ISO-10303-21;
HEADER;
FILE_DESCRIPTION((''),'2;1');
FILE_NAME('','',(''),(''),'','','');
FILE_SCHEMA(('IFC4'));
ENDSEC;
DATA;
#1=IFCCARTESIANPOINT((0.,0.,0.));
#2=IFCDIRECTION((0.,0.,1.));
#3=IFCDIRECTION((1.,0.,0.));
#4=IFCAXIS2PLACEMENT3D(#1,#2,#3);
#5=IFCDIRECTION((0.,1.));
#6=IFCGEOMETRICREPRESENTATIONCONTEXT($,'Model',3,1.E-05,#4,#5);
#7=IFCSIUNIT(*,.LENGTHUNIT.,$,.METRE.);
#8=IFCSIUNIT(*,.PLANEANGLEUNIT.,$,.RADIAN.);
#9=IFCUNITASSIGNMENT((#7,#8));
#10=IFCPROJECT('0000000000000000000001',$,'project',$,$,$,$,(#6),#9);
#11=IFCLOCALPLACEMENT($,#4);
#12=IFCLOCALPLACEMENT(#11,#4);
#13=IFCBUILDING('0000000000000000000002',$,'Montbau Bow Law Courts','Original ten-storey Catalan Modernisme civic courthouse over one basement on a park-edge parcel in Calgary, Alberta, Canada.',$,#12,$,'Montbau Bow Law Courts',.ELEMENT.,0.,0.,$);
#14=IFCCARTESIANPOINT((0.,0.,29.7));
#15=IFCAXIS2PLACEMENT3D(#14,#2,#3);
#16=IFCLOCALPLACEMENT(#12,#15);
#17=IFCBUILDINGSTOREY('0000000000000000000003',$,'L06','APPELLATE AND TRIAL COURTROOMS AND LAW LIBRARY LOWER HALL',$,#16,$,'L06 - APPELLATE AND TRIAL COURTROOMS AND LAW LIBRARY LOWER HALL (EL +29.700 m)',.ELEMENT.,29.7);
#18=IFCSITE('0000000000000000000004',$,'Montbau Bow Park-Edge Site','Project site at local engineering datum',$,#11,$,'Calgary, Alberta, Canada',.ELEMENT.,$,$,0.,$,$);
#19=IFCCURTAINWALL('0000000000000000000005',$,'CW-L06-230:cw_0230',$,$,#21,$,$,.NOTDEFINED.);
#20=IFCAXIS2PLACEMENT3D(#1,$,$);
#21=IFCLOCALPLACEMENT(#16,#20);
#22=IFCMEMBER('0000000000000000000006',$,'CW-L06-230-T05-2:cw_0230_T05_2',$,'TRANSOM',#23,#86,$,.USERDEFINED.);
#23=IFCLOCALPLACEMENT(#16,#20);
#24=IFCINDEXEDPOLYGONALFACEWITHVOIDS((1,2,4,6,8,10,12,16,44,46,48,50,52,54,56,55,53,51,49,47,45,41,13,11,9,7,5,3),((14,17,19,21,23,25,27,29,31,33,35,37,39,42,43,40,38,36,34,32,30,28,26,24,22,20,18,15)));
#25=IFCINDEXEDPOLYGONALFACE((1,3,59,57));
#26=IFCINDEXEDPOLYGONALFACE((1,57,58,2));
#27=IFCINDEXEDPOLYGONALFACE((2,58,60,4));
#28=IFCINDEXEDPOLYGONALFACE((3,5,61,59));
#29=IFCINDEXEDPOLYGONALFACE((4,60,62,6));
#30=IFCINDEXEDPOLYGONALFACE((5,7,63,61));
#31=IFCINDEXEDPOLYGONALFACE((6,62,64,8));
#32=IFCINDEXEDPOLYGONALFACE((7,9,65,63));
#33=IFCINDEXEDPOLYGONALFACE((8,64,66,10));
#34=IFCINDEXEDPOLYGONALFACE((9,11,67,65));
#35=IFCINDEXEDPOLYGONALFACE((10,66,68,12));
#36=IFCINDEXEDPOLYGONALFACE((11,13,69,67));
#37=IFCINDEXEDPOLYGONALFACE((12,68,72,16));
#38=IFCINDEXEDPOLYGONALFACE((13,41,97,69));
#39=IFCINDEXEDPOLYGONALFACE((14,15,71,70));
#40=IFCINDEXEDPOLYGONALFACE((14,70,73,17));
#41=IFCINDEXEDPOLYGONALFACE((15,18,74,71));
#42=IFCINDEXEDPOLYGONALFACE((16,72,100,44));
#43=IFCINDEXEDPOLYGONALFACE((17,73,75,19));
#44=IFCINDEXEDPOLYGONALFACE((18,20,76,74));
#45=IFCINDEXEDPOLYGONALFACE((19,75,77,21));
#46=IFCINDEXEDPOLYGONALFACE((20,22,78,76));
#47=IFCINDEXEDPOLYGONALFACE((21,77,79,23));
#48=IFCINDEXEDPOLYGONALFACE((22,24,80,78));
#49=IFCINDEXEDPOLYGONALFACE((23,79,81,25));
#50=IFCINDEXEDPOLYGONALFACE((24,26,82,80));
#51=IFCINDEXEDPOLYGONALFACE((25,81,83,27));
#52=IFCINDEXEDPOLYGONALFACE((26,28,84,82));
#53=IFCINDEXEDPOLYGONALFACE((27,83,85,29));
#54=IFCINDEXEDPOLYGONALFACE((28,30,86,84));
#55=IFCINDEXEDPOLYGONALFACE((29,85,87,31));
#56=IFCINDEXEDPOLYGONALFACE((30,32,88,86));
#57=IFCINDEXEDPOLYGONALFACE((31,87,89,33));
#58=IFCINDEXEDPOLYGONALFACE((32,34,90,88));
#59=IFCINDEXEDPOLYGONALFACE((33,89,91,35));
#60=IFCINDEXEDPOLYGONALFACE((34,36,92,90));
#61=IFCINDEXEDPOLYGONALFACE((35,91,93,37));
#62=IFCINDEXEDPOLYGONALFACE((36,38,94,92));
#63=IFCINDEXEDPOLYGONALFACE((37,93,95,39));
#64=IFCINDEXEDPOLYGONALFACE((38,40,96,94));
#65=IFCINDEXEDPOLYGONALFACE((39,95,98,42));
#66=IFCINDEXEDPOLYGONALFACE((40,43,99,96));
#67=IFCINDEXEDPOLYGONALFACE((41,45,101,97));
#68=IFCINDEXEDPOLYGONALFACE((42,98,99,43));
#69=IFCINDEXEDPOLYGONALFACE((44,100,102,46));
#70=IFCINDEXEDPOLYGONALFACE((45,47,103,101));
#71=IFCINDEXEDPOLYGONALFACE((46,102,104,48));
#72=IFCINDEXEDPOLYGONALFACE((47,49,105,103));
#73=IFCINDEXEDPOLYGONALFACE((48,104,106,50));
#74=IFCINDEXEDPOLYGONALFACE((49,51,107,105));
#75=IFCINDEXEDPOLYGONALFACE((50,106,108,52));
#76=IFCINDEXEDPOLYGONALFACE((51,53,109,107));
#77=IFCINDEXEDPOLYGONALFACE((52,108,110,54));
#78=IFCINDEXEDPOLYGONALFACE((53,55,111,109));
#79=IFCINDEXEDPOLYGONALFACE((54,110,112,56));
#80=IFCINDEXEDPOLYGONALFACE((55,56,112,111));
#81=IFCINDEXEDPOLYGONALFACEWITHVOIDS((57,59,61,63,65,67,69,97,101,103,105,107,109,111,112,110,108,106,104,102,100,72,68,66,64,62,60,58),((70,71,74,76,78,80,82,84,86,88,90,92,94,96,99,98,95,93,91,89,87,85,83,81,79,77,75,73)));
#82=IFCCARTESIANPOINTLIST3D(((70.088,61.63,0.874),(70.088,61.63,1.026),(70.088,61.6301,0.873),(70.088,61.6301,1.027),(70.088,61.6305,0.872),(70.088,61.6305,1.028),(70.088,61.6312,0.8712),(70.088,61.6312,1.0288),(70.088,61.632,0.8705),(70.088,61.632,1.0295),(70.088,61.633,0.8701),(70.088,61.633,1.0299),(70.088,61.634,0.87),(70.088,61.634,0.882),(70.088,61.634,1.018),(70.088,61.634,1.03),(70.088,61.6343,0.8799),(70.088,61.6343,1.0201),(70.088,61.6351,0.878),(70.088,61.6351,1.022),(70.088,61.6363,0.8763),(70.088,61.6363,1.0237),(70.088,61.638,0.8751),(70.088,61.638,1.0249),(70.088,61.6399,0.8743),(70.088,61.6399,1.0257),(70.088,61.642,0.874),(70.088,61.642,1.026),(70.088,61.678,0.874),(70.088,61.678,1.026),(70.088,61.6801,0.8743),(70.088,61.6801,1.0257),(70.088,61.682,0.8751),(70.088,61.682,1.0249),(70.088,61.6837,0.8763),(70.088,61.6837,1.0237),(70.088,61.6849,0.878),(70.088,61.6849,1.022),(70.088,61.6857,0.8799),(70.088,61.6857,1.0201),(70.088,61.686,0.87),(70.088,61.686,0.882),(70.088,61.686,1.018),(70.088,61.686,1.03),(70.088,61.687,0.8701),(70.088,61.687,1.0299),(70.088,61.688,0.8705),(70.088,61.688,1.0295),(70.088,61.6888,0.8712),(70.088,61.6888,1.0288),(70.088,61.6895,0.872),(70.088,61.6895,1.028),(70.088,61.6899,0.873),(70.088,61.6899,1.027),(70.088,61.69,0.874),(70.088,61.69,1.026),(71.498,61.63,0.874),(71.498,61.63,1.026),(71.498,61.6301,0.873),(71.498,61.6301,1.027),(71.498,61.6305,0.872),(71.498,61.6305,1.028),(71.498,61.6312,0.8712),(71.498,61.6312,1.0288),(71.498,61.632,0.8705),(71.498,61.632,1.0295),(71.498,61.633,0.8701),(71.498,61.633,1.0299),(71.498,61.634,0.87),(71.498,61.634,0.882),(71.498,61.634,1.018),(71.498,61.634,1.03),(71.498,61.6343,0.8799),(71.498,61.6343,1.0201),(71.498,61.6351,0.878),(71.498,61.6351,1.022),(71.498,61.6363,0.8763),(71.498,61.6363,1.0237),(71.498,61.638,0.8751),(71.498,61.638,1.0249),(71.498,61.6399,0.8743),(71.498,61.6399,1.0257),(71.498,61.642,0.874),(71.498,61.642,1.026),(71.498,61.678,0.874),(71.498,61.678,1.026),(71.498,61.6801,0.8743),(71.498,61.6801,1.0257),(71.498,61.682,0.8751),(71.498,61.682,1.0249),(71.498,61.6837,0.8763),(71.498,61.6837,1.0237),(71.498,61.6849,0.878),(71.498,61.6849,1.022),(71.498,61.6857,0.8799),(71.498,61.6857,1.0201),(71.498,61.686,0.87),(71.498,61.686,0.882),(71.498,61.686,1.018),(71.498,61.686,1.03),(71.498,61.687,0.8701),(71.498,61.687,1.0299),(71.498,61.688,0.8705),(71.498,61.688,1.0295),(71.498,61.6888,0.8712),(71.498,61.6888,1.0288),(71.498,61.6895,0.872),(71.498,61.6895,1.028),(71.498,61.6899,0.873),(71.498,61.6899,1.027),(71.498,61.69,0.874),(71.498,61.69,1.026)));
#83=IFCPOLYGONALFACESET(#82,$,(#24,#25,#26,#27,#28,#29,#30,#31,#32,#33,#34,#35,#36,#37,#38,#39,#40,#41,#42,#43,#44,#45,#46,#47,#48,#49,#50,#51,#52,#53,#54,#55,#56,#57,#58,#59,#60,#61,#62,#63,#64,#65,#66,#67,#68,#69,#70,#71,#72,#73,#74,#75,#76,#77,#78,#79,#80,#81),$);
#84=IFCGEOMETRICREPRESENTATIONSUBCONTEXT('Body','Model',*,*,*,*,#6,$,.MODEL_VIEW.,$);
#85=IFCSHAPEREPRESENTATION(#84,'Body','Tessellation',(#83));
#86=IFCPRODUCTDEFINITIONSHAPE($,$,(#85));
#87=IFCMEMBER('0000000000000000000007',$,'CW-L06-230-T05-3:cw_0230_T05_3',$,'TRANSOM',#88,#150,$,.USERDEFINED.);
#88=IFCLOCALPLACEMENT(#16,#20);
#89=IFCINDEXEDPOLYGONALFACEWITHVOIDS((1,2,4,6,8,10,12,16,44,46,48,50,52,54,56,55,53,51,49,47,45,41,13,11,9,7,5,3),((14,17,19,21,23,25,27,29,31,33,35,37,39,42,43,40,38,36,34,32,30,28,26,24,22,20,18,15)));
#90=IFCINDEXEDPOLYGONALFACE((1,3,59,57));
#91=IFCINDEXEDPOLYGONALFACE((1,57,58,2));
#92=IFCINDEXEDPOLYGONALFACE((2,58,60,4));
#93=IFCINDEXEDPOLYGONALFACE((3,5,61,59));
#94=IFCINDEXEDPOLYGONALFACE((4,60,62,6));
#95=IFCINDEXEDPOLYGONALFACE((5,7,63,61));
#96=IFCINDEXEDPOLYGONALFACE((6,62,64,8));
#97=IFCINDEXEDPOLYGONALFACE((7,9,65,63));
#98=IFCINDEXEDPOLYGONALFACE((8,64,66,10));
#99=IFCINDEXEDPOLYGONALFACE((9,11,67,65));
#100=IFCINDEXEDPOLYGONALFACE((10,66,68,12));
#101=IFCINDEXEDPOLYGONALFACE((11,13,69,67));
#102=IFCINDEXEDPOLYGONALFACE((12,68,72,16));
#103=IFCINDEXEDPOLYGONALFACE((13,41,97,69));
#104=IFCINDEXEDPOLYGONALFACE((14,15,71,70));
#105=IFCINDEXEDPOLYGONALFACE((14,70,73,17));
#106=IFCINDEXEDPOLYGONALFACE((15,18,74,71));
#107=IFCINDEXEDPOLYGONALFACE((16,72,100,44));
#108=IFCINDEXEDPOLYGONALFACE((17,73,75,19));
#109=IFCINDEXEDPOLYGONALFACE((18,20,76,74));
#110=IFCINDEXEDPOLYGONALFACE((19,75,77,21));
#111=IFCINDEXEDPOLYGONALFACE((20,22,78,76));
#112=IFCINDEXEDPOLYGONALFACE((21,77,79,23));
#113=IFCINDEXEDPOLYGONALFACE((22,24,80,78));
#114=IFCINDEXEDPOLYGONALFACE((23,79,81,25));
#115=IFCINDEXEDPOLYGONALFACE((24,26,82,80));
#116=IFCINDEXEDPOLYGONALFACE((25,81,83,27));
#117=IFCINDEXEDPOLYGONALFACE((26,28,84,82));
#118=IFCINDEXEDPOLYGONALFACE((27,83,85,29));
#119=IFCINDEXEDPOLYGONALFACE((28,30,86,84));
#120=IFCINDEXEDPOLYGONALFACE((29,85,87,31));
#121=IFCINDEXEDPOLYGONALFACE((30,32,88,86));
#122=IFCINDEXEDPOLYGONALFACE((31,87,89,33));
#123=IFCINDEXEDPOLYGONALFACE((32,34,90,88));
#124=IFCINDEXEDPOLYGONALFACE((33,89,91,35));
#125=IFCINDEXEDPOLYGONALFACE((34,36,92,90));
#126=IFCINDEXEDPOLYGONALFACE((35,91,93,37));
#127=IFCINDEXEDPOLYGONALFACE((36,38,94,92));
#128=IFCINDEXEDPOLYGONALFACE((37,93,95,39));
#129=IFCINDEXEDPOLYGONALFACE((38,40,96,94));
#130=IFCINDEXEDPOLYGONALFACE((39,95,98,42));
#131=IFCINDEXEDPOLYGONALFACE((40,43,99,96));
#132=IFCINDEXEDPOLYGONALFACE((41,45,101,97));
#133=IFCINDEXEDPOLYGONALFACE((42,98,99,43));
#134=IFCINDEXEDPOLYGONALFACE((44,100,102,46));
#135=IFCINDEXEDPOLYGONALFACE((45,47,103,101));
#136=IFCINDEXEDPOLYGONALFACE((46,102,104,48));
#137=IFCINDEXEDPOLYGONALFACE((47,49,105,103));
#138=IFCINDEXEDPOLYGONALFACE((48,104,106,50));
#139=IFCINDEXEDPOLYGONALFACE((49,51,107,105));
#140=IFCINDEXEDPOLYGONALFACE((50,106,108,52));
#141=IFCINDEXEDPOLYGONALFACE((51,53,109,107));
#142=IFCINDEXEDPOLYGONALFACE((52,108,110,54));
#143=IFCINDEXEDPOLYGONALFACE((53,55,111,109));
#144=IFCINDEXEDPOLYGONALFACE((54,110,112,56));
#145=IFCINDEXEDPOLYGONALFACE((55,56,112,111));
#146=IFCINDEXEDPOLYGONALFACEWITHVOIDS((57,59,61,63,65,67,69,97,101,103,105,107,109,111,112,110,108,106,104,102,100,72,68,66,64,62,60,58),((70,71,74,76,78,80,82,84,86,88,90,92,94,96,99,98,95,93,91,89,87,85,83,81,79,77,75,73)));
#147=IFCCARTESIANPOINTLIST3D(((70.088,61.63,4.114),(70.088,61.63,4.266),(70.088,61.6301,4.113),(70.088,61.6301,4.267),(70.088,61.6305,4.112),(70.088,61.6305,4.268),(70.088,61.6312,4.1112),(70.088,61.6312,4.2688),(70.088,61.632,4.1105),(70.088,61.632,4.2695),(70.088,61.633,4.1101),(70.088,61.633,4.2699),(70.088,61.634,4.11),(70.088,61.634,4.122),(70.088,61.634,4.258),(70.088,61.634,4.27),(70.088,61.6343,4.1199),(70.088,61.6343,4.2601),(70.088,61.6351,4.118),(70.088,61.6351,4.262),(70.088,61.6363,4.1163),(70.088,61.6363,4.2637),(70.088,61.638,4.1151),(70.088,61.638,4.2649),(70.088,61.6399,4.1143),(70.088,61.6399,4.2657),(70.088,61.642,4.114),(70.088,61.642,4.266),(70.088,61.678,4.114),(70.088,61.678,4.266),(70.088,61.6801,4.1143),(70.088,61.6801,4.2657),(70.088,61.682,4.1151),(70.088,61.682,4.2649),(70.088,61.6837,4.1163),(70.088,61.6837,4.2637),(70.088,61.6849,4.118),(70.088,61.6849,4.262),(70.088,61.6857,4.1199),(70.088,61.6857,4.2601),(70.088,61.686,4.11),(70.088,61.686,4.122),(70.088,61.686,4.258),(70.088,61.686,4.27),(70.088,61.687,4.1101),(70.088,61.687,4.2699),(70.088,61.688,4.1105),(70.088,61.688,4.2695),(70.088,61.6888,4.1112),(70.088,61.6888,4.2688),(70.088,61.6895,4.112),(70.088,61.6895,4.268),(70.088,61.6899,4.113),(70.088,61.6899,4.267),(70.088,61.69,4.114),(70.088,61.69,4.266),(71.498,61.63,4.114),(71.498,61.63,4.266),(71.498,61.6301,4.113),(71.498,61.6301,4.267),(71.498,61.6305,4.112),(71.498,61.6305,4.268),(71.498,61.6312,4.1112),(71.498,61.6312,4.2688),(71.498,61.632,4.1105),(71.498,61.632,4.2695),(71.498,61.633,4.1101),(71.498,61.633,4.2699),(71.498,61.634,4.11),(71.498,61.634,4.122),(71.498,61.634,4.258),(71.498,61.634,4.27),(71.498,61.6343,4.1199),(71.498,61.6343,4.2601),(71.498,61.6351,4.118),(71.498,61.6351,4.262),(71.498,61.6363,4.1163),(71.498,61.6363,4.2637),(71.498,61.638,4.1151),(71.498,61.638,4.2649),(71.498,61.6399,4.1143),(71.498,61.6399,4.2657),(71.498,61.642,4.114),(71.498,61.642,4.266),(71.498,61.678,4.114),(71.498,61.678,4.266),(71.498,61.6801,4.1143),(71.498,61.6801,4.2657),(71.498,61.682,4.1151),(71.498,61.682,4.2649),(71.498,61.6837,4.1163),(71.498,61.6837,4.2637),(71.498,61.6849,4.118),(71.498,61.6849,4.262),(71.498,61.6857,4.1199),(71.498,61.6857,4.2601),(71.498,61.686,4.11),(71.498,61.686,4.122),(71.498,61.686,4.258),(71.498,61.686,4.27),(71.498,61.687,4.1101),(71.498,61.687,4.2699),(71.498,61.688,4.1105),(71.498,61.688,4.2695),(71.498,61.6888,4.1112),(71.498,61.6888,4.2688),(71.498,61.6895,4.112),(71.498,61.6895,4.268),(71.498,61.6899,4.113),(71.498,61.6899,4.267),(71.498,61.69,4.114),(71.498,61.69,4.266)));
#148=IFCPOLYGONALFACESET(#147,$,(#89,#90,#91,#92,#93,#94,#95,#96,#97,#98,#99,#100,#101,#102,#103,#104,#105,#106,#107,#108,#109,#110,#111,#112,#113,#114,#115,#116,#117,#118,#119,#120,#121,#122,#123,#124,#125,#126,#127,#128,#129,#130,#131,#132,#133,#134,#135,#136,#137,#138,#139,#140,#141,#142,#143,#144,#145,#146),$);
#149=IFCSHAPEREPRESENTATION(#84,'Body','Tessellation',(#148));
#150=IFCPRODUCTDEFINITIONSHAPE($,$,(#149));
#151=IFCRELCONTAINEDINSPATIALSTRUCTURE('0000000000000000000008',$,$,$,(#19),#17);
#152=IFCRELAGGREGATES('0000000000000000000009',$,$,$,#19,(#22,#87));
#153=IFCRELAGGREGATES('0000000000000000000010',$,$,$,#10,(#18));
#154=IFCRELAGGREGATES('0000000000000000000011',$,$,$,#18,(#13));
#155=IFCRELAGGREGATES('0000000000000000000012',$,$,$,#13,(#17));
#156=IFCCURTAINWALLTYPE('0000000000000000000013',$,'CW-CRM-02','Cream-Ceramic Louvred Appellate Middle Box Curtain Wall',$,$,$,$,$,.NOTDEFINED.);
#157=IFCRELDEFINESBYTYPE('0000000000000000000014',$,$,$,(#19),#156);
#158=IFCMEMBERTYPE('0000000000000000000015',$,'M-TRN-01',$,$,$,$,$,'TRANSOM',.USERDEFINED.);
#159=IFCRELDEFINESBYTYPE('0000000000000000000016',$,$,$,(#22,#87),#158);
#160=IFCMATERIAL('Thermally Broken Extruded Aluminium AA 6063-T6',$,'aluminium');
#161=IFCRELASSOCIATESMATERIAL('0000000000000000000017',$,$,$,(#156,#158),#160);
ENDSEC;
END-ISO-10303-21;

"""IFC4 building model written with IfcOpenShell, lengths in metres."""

from ifc_helpers import new_model, si_unit, direction, frame, origin_with_axes, origin_2d_with_axis, place, context, subcontext, project, spatial, hollow_rectangle, extrude, material, material_profile, profile_set, type_object, element, aggregate, save


model = new_model("IFC4")

# Units and contexts
model_context = context("Model", 3, precision=1e-05, world=origin_with_axes(), true_north=direction((0.0, 1.0)))
body_context = subcontext(model_context, "Body", "Model", "MODEL_VIEW")
ifc_project = project(units=[si_unit("LENGTHUNIT", "METRE"), si_unit("PLANEANGLEUNIT", "RADIAN")], contexts=[model_context])

# Site, building, storey
site_placement = place(None, origin_with_axes())
site = spatial("IfcSite", under=ifc_project, at=site_placement, Name="Montbau Bow Park-Edge Site", Description="Project site at local engineering datum", LongName="Calgary, Alberta, Canada", CompositionType="ELEMENT", RefElevation=0.0)
building_placement = place(site_placement, origin_with_axes())
building = spatial("IfcBuilding", under=site, at=building_placement, Name="Montbau Bow Law Courts", Description="Original ten-storey Catalan Modernisme civic courthouse over one basement on a park-edge parcel in Calgary, Alberta, Canada.", LongName="Montbau Bow Law Courts", CompositionType="ELEMENT", ElevationOfRefHeight=0.0, ElevationOfTerrain=0.0)
storey_placement = place(building_placement, frame((0.0, 0.0, 29.7), z_axis=(0.0, 0.0, 1.0), x_axis=(1.0, 0.0, 0.0)))
storey = spatial("IfcBuildingStorey", under=building, at=storey_placement, Name="L06", Description="APPELLATE AND TRIAL COURTROOMS AND LAW LIBRARY LOWER HALL", LongName="L06 - APPELLATE AND TRIAL COURTROOMS AND LAW LIBRARY LOWER HALL (EL +29.700 m)", CompositionType="ELEMENT", Elevation=29.7)

# Curtain wall, members
ifc_material_1 = material(Name="Thermally Broken Extruded Aluminium AA 6063-T6", Category="aluminium")
curtain_wall_type = type_object("IfcCurtainWallType", Name="CW-CRM-02", Description="Cream-Ceramic Louvred Appellate Middle Box Curtain Wall", PredefinedType="NOTDEFINED", material=ifc_material_1)
curtain_wall_1_placement = place(None, frame((64.04, 61.66, 29.7), z_axis=(0.0, 0.0, 1.0), x_axis=(1.0, 0.0, 0.0)))
curtain_wall_1 = element("IfcCurtainWall", 1, at=curtain_wall_1_placement, inside=storey, type_object=curtain_wall_type, Name="CW-L06-230:cw_0230", PredefinedType="NOTDEFINED")
ifc_material_profile_1 = material_profile(ifc_material_1, hollow_rectangle(XDim=0.06, YDim=0.16, WallThickness=0.004, InnerFilletRadius=0.008, OuterFilletRadius=0.004, at=origin_2d_with_axis()), Name="CWT-160X60", Category="Main", Priority=0)
ifc_profile_set_1 = profile_set([ifc_material_profile_1], Name="Thermally Broken Extruded Aluminium AA 6063-T6")
member_type_1 = type_object("IfcMemberType", Name="M-TRN-01", ElementType="TRANSOM", PredefinedType="USERDEFINED", material=ifc_profile_set_1)
member_1_placement = place(None, frame((70.088, 61.66, 30.65), z_axis=(1.0, 0.0, 0.0), x_axis=(0.0, 1.0, 0.0)))
member_1 = element("IfcMember", 2, at=member_1_placement, type_object=member_type_1, Name="CW-L06-230-T05-2:cw_0230_T05_2", ObjectType="TRANSOM", PredefinedType="USERDEFINED", context=body_context, shape_type="SweptSolid", body=[
    extrude(hollow_rectangle(XDim=0.06, YDim=0.16, WallThickness=0.004, InnerFilletRadius=0.008, OuterFilletRadius=0.004, at=origin_2d_with_axis()), origin_with_axes(), (0.0, 0.0, 1.0), 1.41),
])
member_2_placement = place(None, frame((70.088, 61.66, 33.89), z_axis=(1.0, 0.0, 0.0), x_axis=(0.0, 1.0, 0.0)))
member_2 = element("IfcMember", 3, at=member_2_placement, type_object=member_type_1, Name="CW-L06-230-T05-3:cw_0230_T05_3", ObjectType="TRANSOM", PredefinedType="USERDEFINED", context=body_context, shape_type="SweptSolid", body=[
    extrude(hollow_rectangle(XDim=0.06, YDim=0.16, WallThickness=0.004, InnerFilletRadius=0.008, OuterFilletRadius=0.004, at=origin_2d_with_axis()), origin_with_axes(), (0.0, 0.0, 1.0), 1.41),
])

aggregate(curtain_wall_1, [member_1, member_2])

save(model, "model.ifc")
